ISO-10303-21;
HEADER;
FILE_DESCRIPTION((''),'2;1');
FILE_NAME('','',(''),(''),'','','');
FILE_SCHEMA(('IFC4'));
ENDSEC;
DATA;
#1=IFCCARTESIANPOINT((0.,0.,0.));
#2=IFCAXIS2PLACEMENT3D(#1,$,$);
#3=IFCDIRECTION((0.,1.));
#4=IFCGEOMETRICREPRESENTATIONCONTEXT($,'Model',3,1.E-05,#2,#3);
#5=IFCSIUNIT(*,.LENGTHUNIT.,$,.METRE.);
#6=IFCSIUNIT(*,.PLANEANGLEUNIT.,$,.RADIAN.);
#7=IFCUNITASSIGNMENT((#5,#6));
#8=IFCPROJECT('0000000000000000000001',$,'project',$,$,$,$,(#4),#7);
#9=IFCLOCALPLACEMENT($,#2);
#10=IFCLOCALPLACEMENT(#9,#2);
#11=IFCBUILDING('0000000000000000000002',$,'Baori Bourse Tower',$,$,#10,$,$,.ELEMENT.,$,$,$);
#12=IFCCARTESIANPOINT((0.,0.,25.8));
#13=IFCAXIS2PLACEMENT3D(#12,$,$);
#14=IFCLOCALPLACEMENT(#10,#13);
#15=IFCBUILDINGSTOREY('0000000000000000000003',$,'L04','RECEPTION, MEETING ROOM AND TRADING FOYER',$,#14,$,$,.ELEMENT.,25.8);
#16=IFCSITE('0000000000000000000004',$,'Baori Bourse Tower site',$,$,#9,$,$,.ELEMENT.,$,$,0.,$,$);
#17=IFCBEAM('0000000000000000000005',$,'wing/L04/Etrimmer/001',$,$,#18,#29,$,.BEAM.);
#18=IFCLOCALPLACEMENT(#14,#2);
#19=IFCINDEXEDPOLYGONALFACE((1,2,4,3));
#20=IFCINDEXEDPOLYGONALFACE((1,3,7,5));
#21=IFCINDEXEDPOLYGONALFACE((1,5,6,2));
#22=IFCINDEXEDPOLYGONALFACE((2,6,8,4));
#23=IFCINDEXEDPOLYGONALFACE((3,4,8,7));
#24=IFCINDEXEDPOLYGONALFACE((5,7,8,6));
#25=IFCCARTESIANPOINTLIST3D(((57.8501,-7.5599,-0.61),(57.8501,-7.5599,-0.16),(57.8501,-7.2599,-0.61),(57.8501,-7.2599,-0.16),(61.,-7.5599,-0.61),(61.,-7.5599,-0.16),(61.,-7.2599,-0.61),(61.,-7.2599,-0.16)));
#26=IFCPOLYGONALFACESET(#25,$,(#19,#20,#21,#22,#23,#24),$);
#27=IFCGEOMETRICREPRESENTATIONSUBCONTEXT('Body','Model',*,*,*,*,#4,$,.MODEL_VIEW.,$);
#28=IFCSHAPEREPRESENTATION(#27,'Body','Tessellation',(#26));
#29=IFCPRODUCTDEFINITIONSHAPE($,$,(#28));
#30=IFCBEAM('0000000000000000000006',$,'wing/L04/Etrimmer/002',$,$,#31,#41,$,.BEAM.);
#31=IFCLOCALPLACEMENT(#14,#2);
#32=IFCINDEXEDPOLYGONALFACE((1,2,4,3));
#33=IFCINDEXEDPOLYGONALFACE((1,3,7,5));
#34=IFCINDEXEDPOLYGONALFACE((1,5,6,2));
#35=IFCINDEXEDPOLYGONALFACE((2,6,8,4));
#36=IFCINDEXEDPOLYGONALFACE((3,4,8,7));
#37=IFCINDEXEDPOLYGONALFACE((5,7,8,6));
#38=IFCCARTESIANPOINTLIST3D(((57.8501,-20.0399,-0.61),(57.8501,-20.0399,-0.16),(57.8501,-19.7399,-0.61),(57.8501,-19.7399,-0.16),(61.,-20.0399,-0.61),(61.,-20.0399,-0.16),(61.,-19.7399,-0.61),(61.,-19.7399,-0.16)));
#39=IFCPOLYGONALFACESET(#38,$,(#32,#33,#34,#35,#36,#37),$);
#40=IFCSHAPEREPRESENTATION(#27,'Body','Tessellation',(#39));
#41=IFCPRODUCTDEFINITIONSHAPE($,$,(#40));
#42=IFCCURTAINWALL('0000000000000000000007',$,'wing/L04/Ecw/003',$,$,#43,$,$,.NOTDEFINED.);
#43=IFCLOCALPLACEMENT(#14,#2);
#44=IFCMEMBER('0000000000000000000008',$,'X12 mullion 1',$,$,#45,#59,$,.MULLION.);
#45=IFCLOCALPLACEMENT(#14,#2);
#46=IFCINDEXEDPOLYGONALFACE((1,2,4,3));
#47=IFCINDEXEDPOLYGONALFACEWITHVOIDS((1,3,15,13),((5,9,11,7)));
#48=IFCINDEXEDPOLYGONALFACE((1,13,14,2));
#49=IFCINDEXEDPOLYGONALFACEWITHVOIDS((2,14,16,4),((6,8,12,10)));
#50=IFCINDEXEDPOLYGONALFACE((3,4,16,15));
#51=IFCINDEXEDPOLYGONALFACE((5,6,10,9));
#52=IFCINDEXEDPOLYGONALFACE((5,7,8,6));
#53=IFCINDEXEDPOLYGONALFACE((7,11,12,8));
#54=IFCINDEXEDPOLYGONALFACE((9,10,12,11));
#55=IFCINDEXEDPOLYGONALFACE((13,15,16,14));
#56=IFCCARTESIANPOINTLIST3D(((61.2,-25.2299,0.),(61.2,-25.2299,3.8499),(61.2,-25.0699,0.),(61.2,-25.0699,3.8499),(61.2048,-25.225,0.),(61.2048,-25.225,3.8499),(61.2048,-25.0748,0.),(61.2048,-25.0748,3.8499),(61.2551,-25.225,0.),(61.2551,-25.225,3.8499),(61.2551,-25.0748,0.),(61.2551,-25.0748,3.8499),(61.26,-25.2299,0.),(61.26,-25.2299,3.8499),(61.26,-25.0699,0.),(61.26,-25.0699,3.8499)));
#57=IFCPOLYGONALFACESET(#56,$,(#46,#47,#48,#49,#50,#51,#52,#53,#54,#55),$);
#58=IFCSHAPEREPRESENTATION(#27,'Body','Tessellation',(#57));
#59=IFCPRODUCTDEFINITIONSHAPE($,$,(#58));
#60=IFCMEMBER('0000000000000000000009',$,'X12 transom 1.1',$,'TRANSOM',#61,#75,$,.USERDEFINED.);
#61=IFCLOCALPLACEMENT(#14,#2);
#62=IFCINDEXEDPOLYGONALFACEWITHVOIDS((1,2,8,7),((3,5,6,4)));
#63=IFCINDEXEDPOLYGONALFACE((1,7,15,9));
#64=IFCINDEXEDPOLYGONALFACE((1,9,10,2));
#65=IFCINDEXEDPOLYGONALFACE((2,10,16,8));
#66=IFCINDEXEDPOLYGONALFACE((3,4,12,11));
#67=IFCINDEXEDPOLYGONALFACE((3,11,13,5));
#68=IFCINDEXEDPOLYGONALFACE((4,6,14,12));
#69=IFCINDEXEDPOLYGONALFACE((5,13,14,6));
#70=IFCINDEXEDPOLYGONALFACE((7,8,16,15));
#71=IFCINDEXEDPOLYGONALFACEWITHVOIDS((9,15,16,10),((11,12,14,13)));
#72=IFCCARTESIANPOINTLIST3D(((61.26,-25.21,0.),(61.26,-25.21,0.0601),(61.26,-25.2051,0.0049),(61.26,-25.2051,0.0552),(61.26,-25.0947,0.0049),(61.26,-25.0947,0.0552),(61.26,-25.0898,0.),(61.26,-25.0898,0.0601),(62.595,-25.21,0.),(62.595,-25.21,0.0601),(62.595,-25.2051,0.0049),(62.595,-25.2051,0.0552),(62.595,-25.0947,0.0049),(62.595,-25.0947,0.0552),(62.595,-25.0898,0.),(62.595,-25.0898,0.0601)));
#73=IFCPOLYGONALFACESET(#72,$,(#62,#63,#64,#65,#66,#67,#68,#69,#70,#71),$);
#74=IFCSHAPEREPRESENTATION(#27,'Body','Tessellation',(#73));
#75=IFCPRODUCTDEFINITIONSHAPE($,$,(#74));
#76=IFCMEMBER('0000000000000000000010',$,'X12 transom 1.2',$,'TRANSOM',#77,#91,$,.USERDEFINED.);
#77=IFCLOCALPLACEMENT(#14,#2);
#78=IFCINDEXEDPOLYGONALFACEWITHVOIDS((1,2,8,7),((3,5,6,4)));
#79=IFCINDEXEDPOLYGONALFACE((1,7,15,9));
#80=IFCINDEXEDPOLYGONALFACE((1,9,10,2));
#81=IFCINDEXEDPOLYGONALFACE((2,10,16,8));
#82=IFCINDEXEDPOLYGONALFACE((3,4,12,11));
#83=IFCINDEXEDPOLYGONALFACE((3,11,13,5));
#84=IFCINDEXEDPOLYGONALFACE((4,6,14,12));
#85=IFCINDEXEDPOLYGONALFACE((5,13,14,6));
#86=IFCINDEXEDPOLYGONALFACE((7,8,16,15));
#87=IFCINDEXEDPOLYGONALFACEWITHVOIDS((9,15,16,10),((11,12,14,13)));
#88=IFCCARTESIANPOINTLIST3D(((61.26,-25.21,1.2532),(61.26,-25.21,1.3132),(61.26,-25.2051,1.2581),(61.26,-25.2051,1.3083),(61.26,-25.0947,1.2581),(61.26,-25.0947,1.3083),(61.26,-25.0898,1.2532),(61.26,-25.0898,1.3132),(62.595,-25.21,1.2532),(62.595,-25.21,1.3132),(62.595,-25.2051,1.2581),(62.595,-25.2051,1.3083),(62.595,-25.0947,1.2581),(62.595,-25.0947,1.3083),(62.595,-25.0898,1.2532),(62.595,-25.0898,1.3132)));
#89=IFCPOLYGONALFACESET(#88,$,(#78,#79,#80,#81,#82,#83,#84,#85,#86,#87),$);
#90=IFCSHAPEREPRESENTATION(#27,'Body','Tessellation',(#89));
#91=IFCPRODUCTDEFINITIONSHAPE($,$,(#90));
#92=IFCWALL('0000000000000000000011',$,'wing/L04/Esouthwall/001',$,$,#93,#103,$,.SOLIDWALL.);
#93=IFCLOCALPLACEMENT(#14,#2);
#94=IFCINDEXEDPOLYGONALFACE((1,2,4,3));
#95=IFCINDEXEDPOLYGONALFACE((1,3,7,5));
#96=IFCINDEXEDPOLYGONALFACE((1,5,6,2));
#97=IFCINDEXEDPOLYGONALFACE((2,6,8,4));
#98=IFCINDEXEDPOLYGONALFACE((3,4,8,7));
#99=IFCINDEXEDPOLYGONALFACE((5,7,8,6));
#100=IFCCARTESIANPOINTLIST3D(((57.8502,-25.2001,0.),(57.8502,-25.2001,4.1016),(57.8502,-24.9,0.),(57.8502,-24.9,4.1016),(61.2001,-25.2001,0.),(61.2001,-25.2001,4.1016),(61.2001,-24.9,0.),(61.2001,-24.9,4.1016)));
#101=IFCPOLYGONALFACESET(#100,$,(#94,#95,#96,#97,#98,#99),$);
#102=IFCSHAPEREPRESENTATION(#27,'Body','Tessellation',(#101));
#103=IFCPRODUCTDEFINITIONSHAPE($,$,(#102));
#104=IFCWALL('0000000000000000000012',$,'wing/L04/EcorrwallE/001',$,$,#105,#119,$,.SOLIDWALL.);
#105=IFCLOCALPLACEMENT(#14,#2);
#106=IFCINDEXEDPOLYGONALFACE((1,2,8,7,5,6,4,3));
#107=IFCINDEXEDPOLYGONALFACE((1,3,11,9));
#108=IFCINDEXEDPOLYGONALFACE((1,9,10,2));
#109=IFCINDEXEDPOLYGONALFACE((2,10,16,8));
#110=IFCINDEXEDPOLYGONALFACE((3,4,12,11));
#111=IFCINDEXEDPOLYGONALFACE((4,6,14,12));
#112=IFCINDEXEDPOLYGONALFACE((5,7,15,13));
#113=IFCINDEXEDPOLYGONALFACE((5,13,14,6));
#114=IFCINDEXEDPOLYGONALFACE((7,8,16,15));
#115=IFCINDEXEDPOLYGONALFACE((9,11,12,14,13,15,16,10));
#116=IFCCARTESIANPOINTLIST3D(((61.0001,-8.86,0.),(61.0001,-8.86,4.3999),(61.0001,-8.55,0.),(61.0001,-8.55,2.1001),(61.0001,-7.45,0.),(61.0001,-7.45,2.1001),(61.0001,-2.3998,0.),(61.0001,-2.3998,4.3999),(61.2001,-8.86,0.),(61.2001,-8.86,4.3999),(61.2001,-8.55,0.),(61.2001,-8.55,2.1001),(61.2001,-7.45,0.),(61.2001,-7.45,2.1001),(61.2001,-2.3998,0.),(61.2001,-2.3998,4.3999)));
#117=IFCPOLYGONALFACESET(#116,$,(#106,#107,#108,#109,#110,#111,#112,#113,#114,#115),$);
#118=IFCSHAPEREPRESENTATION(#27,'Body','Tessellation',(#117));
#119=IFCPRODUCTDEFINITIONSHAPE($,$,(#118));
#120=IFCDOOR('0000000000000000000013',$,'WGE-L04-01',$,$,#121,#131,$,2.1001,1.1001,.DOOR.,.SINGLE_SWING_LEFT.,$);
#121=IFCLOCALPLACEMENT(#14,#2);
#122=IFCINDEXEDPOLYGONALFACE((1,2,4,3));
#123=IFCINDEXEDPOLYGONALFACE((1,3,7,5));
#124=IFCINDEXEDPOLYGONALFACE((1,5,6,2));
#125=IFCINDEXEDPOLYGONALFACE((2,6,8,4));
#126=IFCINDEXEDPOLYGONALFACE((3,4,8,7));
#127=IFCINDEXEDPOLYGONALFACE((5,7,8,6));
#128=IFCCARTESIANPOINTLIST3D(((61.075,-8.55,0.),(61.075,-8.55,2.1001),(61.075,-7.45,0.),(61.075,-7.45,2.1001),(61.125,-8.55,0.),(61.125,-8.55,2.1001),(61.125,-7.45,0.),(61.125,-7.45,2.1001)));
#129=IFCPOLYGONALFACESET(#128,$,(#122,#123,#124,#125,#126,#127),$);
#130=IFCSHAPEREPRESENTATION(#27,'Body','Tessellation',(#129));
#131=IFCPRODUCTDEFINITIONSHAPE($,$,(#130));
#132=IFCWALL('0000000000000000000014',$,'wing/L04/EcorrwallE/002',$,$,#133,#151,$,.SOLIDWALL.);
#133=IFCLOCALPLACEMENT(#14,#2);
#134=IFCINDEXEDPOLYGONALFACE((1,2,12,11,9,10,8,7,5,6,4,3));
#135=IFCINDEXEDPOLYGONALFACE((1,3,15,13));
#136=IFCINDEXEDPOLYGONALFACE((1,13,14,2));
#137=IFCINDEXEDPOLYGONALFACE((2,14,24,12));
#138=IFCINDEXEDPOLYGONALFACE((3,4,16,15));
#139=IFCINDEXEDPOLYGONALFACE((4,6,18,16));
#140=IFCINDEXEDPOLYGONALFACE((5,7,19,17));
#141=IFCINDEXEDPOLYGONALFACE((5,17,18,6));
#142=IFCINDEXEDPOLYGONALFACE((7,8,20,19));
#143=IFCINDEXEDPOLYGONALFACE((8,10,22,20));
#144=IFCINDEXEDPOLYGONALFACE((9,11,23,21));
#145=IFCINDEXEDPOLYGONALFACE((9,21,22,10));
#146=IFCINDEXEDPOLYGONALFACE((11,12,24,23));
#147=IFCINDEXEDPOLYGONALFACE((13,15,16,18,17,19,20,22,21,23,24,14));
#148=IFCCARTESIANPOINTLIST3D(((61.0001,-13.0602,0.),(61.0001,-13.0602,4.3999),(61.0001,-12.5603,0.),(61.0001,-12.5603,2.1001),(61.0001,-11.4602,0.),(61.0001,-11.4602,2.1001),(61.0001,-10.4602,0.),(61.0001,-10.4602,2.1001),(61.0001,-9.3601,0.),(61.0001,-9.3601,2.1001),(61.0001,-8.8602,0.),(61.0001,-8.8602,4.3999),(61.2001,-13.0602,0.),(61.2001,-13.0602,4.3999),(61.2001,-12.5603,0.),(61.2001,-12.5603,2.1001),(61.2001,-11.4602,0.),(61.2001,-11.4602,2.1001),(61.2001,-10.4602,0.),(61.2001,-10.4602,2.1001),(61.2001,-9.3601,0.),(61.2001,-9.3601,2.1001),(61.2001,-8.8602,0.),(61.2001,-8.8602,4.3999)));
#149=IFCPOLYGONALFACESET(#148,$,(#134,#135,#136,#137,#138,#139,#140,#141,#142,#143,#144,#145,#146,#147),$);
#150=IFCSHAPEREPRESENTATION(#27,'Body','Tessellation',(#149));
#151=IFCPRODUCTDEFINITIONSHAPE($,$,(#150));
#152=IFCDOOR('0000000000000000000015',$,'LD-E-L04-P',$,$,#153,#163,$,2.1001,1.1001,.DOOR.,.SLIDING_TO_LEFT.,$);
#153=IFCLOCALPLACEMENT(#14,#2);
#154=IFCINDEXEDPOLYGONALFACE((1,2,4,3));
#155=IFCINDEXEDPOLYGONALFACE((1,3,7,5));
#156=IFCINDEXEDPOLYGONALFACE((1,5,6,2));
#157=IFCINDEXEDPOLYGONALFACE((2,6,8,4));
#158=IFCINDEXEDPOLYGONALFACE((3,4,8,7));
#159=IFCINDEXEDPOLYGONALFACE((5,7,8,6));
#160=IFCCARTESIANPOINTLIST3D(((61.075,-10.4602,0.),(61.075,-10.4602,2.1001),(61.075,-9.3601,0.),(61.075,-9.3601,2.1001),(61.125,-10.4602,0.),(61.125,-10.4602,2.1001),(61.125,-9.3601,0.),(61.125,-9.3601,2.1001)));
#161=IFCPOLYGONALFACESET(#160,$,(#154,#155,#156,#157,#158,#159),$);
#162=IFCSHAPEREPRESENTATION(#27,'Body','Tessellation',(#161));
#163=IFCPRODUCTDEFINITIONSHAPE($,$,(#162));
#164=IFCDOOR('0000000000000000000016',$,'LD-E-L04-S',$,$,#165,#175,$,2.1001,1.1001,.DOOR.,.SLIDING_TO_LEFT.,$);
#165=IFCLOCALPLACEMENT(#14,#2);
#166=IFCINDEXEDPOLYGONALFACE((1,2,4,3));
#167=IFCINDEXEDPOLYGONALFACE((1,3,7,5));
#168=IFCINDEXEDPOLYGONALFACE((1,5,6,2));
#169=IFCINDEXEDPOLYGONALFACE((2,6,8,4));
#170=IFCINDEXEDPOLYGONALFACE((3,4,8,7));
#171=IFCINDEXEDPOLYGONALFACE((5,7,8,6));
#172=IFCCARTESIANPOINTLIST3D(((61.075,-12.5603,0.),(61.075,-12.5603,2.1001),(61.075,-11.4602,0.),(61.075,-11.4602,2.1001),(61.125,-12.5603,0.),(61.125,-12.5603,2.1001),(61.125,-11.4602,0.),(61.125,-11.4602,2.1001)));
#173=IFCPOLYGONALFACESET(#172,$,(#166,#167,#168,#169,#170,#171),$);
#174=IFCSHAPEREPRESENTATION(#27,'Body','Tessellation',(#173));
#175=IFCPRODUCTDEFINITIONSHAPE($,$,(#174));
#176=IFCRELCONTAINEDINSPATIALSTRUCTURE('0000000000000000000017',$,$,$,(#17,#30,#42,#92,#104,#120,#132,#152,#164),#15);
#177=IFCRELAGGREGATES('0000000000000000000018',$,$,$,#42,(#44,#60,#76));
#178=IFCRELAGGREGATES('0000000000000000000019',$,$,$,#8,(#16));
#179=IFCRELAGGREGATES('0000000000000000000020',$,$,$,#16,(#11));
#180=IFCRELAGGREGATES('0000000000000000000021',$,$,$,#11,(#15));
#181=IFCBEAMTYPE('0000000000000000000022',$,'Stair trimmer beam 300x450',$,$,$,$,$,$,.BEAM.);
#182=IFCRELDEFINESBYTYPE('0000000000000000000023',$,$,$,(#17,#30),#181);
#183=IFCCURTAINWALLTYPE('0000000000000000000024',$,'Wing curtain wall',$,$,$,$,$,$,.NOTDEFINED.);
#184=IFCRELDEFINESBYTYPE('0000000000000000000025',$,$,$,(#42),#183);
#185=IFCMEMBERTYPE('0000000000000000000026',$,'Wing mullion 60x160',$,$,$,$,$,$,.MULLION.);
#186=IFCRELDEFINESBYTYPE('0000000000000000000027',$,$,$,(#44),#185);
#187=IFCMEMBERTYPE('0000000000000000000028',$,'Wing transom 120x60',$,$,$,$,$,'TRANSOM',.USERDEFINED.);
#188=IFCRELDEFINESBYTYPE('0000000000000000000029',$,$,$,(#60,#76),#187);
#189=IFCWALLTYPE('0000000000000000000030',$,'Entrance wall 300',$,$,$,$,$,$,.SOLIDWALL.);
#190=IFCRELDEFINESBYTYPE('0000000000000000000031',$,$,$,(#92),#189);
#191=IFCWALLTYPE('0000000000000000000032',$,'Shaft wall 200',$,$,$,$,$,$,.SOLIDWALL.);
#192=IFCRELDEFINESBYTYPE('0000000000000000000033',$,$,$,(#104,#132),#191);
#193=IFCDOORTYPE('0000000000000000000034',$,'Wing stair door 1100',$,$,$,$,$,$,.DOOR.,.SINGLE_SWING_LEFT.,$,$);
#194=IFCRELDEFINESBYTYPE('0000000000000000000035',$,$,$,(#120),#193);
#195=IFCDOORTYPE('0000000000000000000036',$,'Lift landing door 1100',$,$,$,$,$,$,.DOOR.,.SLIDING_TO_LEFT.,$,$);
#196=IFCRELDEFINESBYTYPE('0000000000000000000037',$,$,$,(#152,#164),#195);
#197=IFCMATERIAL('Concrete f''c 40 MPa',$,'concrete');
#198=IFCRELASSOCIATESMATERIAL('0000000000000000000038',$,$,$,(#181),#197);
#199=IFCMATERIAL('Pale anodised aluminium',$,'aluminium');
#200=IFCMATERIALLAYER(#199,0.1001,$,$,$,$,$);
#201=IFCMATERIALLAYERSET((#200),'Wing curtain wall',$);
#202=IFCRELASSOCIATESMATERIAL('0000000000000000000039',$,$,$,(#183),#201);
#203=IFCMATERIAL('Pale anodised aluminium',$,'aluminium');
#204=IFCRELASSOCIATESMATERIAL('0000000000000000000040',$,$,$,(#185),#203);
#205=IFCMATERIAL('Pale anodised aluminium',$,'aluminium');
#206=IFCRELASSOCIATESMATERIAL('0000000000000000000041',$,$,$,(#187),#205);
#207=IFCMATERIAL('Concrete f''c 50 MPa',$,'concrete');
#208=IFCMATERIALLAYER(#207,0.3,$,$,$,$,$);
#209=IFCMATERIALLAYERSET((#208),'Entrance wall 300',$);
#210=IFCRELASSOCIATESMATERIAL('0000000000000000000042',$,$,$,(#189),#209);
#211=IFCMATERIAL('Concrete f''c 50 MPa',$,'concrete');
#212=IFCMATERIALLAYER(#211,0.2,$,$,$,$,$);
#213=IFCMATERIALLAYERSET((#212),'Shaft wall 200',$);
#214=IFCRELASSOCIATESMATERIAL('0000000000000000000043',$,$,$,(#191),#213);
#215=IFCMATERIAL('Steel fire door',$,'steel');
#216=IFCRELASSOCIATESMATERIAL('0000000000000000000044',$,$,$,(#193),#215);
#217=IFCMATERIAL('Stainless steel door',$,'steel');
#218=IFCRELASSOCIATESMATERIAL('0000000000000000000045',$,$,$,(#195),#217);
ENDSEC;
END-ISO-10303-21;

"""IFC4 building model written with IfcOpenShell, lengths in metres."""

from ifc_helpers import new_model, si_unit, direction, frame, frame_2d, origin, origin_2d, place, context, subcontext, project, spatial, rectangle, hollow_rectangle, extrude, material, layer, layer_set, material_profile, profile_set, type_object, element, fill, aggregate, save


model = new_model("IFC4")

# Units and contexts
model_context = context("Model", 3, precision=1e-05, world=origin(), true_north=direction((0.0, 1.0)))
body_context = subcontext(model_context, "Body", "Model", "MODEL_VIEW")
ifc_project = project(units=[si_unit("LENGTHUNIT", "METRE"), si_unit("PLANEANGLEUNIT", "RADIAN")], contexts=[model_context])

# Site, building, storey
site_placement = place(None, origin())
site = spatial("IfcSite", under=ifc_project, at=site_placement, Name="Baori Bourse Tower site", CompositionType="ELEMENT", RefElevation=0.0)
building_placement = place(site_placement, origin())
building = spatial("IfcBuilding", under=site, at=building_placement, Name="Baori Bourse Tower", CompositionType="ELEMENT")
storey_placement = place(building_placement, frame((0.0, 0.0, 25.8)))
storey = spatial("IfcBuildingStorey", under=building, at=storey_placement, Name="L04", Description="RECEPTION, MEETING ROOM AND TRADING FOYER", CompositionType="ELEMENT", Elevation=25.8)

# Beams
ifc_material_1 = material(Name="Concrete f'c 40 MPa", Category="concrete")
ifc_material_profile_1 = material_profile(ifc_material_1, rectangle(XDim=0.3, YDim=0.45, at=origin_2d()), Name="Stair trimmer beam 300x450")
ifc_profile_set_1 = profile_set([ifc_material_profile_1], Name="Concrete f'c 40 MPa")
beam_type = type_object("IfcBeamType", Name="Stair trimmer beam 300x450", PredefinedType="BEAM", material=ifc_profile_set_1)
for number, where, z_axis, x_axis, name in (
    (1, (61.0, -7.4099, -0.385), (-1.0, 0.0, 0.0), (0.0, -1.0, 0.0), "wing/L04/Etrimmer/001"),
    (2, (57.8501, -19.8899, -0.385), (1.0, 0.0, 0.0), (0.0, 1.0, 0.0), "wing/L04/Etrimmer/002"),
):
    element("IfcBeam", number, at=place(storey_placement, frame(where, z_axis=z_axis, x_axis=x_axis)), inside=storey, type_object=beam_type, Name=name, PredefinedType="BEAM", context=body_context, shape_type="SweptSolid", body=[
        extrude(rectangle(XDim=0.3, YDim=0.45, at=origin_2d()), origin(), (0.0, 0.0, 1.0), 3.1499),
    ])

# Curtain wall, members
ifc_material_2 = material(Name="Pale anodised aluminium", Category="aluminium")
ifc_layer_1 = layer(ifc_material_2, 0.1001)
ifc_layer_set_1 = layer_set([ifc_layer_1], Name="Wing curtain wall")
curtain_wall_type = type_object("IfcCurtainWallType", Name="Wing curtain wall", PredefinedType="NOTDEFINED", material=ifc_layer_set_1)
curtain_wall_placement = place(storey_placement, origin())
curtain_wall = element("IfcCurtainWall", 3, at=curtain_wall_placement, inside=storey, type_object=curtain_wall_type, Name="wing/L04/Ecw/003", PredefinedType="NOTDEFINED")
ifc_material_3 = material(Name="Pale anodised aluminium", Category="aluminium")
ifc_material_profile_2 = material_profile(ifc_material_3, hollow_rectangle(XDim=0.1599, YDim=0.0601, WallThickness=0.0049, at=origin_2d()), Name="Mullion 160x60x5")
ifc_profile_set_2 = profile_set([ifc_material_profile_2], Name="Pale anodised aluminium")
member_type_1 = type_object("IfcMemberType", Name="Wing mullion 60x160", PredefinedType="MULLION", material=ifc_profile_set_2)
member_1_placement = place(storey_placement, frame((61.23, -25.1499, 0.0), z_axis=(0.0, 0.0, 1.0), x_axis=(0.0, 1.0, 0.0)))
member_1 = element("IfcMember", 4, at=member_1_placement, type_object=member_type_1, Name="X12 mullion 1", PredefinedType="MULLION", context=body_context, shape_type="SweptSolid", body=[
    extrude(hollow_rectangle(XDim=0.1599, YDim=0.0601, WallThickness=0.0049, at=origin_2d()), origin(), (0.0, 0.0, 1.0), 3.8499),
])
ifc_material_4 = material(Name="Pale anodised aluminium", Category="aluminium")
ifc_material_profile_3 = material_profile(ifc_material_4, hollow_rectangle(XDim=0.1201, YDim=0.0601, WallThickness=0.0049, at=origin_2d()), Name="Transom 120x60x5")
ifc_profile_set_3 = profile_set([ifc_material_profile_3], Name="Pale anodised aluminium")
member_type_2 = type_object("IfcMemberType", Name="Wing transom 120x60", ElementType="TRANSOM", PredefinedType="USERDEFINED", material=ifc_profile_set_3)
member_2_placement = place(storey_placement, frame((61.26, -25.1499, 0.03), z_axis=(1.0, 0.0, 0.0), x_axis=(0.0, 1.0, 0.0)))
member_2 = element("IfcMember", 5, at=member_2_placement, type_object=member_type_2, Name="X12 transom 1.1", ObjectType="TRANSOM", PredefinedType="USERDEFINED", context=body_context, shape_type="SweptSolid", body=[
    extrude(hollow_rectangle(XDim=0.1201, YDim=0.0601, WallThickness=0.0049, at=origin_2d()), origin(), (0.0, 0.0, 1.0), 1.335),
])
member_3_placement = place(storey_placement, frame((61.26, -25.1499, 1.2832), z_axis=(1.0, 0.0, 0.0), x_axis=(0.0, 1.0, 0.0)))
member_3 = element("IfcMember", 6, at=member_3_placement, type_object=member_type_2, Name="X12 transom 1.2", ObjectType="TRANSOM", PredefinedType="USERDEFINED", context=body_context, shape_type="SweptSolid", body=[
    extrude(hollow_rectangle(XDim=0.1201, YDim=0.0601, WallThickness=0.0049, at=origin_2d()), origin(), (0.0, 0.0, 1.0), 1.335),
])
aggregate(curtain_wall, [member_1, member_2, member_3])

# Wall
ifc_material_5 = material(Name="Concrete f'c 50 MPa", Category="concrete")
ifc_layer_2 = layer(ifc_material_5, 0.3)
ifc_layer_set_2 = layer_set([ifc_layer_2], Name="Entrance wall 300")
wall_type_1 = type_object("IfcWallType", Name="Entrance wall 300", PredefinedType="SOLIDWALL", material=ifc_layer_set_2)
wall_1_placement = place(storey_placement, frame((61.2, -25.05, 0.0), z_axis=(0.0, 0.0, 1.0), x_axis=(-1.0, 0.0, 0.0)))
element("IfcWall", 7, at=wall_1_placement, inside=storey, type_object=wall_type_1, Name="wing/L04/Esouthwall/001", PredefinedType="SOLIDWALL", context=body_context, shape_type="SweptSolid", body=[
    extrude(rectangle(XDim=3.3499, YDim=0.3, at=frame_2d((1.6748, 0.0))), origin(), (0.0, 0.0, 1.0), 4.1016),
])

# Wall, opening, door
ifc_material_6 = material(Name="Concrete f'c 50 MPa", Category="concrete")
ifc_layer_3 = layer(ifc_material_6, 0.2)
ifc_layer_set_3 = layer_set([ifc_layer_3], Name="Shaft wall 200")
wall_type_2 = type_object("IfcWallType", Name="Shaft wall 200", PredefinedType="SOLIDWALL", material=ifc_layer_set_3)
wall_2_placement = place(storey_placement, frame((61.1001, -2.3999, 0.0), z_axis=(0.0, 0.0, 1.0), x_axis=(0.0, -1.0, 0.0)))
wall_2 = element("IfcWall", 8, at=wall_2_placement, inside=storey, type_object=wall_type_2, Name="wing/L04/EcorrwallE/001", PredefinedType="SOLIDWALL", context=body_context, shape_type="SweptSolid", body=[
    extrude(rectangle(XDim=6.4602, YDim=0.2, at=frame_2d((3.23, 0.0))), origin(), (0.0, 0.0, 1.0), 4.3999),
])
opening_1_placement = place(wall_2_placement, frame((5.05, 0.0, 0.0)))
opening_1 = element("IfcOpeningElement", 9, at=opening_1_placement, cuts=wall_2, PredefinedType="OPENING", context=body_context, shape_type="SweptSolid", body=[
    extrude(rectangle(XDim=1.1001, YDim=2.1001, at=frame_2d((0.55, 1.05))), frame((0.0, 0.1099, 0.0), z_axis=(0.0, -1.0, 0.0), x_axis=(1.0, 0.0, 0.0)), (0.0, 0.0, 1.0), 0.22),
])
ifc_material_7 = material(Name="Steel fire door", Category="steel")
door_type_1 = type_object("IfcDoorType", Name="Wing stair door 1100", OperationType="SINGLE_SWING_LEFT", PredefinedType="DOOR", material=ifc_material_7)
door_1_placement = place(opening_1_placement, origin())
door_1 = element("IfcDoor", 10, at=door_1_placement, inside=storey, type_object=door_type_1, Name="WGE-L04-01", OperationType="SINGLE_SWING_LEFT", OverallHeight=2.1001, OverallWidth=1.1001, PredefinedType="DOOR", context=body_context, shape_type="SweptSolid", body=[
    extrude(rectangle(XDim=1.1001, YDim=2.1001, at=frame_2d((0.55, 1.05))), frame((0.0, 0.0249, 0.0), z_axis=(0.0, -1.0, 0.0), x_axis=(1.0, 0.0, 0.0)), (0.0, 0.0, 1.0), 0.05),
])
fill(opening_1, door_1)

# Wall, openings, doors
wall_3_placement = place(storey_placement, frame((61.1001, -8.8601, 0.0), z_axis=(0.0, 0.0, 1.0), x_axis=(0.0, -1.0, 0.0)))
wall_3 = element("IfcWall", 11, at=wall_3_placement, inside=storey, type_object=wall_type_2, Name="wing/L04/EcorrwallE/002", PredefinedType="SOLIDWALL", context=body_context, shape_type="SweptSolid", body=[
    extrude(rectangle(XDim=4.2, YDim=0.2, at=frame_2d((2.1001, 0.0))), origin(), (0.0, 0.0, 1.0), 4.3999),
])
opening_2_placement = place(wall_3_placement, frame((0.5, 0.0, 0.0)))
opening_2 = element("IfcOpeningElement", 12, at=opening_2_placement, cuts=wall_3, PredefinedType="OPENING", context=body_context, shape_type="SweptSolid", body=[
    extrude(rectangle(XDim=1.1001, YDim=2.1001, at=frame_2d((0.55, 1.05))), frame((0.0, 0.1099, 0.0), z_axis=(0.0, -1.0, 0.0), x_axis=(1.0, 0.0, 0.0)), (0.0, 0.0, 1.0), 0.22),
])
opening_3_placement = place(wall_3_placement, frame((2.6001, 0.0, 0.0)))
opening_3 = element("IfcOpeningElement", 13, at=opening_3_placement, cuts=wall_3, PredefinedType="OPENING", context=body_context, shape_type="SweptSolid", body=[
    extrude(rectangle(XDim=1.1001, YDim=2.1001, at=frame_2d((0.55, 1.05))), frame((0.0, 0.1099, 0.0), z_axis=(0.0, -1.0, 0.0), x_axis=(1.0, 0.0, 0.0)), (0.0, 0.0, 1.0), 0.22),
])
ifc_material_8 = material(Name="Stainless steel door", Category="steel")
door_type_2 = type_object("IfcDoorType", Name="Lift landing door 1100", OperationType="SLIDING_TO_LEFT", PredefinedType="DOOR", material=ifc_material_8)
door_2_placement = place(opening_2_placement, origin())
door_2 = element("IfcDoor", 14, at=door_2_placement, inside=storey, type_object=door_type_2, Name="LD-E-L04-P", OperationType="SLIDING_TO_LEFT", OverallHeight=2.1001, OverallWidth=1.1001, PredefinedType="DOOR", context=body_context, shape_type="SweptSolid", body=[
    extrude(rectangle(XDim=1.1001, YDim=2.1001, at=frame_2d((0.55, 1.05))), frame((0.0, 0.0249, 0.0), z_axis=(0.0, -1.0, 0.0), x_axis=(1.0, 0.0, 0.0)), (0.0, 0.0, 1.0), 0.05),
])
fill(opening_2, door_2)
door_3_placement = place(opening_3_placement, origin())
door_3 = element("IfcDoor", 15, at=door_3_placement, inside=storey, type_object=door_type_2, Name="LD-E-L04-S", OperationType="SLIDING_TO_LEFT", OverallHeight=2.1001, OverallWidth=1.1001, PredefinedType="DOOR", context=body_context, shape_type="SweptSolid", body=[
    extrude(rectangle(XDim=1.1001, YDim=2.1001, at=frame_2d((0.55, 1.05))), frame((0.0, 0.0249, 0.0), z_axis=(0.0, -1.0, 0.0), x_axis=(1.0, 0.0, 0.0)), (0.0, 0.0, 1.0), 0.05),
])
fill(opening_3, door_3)

save(model, "model.ifc")
